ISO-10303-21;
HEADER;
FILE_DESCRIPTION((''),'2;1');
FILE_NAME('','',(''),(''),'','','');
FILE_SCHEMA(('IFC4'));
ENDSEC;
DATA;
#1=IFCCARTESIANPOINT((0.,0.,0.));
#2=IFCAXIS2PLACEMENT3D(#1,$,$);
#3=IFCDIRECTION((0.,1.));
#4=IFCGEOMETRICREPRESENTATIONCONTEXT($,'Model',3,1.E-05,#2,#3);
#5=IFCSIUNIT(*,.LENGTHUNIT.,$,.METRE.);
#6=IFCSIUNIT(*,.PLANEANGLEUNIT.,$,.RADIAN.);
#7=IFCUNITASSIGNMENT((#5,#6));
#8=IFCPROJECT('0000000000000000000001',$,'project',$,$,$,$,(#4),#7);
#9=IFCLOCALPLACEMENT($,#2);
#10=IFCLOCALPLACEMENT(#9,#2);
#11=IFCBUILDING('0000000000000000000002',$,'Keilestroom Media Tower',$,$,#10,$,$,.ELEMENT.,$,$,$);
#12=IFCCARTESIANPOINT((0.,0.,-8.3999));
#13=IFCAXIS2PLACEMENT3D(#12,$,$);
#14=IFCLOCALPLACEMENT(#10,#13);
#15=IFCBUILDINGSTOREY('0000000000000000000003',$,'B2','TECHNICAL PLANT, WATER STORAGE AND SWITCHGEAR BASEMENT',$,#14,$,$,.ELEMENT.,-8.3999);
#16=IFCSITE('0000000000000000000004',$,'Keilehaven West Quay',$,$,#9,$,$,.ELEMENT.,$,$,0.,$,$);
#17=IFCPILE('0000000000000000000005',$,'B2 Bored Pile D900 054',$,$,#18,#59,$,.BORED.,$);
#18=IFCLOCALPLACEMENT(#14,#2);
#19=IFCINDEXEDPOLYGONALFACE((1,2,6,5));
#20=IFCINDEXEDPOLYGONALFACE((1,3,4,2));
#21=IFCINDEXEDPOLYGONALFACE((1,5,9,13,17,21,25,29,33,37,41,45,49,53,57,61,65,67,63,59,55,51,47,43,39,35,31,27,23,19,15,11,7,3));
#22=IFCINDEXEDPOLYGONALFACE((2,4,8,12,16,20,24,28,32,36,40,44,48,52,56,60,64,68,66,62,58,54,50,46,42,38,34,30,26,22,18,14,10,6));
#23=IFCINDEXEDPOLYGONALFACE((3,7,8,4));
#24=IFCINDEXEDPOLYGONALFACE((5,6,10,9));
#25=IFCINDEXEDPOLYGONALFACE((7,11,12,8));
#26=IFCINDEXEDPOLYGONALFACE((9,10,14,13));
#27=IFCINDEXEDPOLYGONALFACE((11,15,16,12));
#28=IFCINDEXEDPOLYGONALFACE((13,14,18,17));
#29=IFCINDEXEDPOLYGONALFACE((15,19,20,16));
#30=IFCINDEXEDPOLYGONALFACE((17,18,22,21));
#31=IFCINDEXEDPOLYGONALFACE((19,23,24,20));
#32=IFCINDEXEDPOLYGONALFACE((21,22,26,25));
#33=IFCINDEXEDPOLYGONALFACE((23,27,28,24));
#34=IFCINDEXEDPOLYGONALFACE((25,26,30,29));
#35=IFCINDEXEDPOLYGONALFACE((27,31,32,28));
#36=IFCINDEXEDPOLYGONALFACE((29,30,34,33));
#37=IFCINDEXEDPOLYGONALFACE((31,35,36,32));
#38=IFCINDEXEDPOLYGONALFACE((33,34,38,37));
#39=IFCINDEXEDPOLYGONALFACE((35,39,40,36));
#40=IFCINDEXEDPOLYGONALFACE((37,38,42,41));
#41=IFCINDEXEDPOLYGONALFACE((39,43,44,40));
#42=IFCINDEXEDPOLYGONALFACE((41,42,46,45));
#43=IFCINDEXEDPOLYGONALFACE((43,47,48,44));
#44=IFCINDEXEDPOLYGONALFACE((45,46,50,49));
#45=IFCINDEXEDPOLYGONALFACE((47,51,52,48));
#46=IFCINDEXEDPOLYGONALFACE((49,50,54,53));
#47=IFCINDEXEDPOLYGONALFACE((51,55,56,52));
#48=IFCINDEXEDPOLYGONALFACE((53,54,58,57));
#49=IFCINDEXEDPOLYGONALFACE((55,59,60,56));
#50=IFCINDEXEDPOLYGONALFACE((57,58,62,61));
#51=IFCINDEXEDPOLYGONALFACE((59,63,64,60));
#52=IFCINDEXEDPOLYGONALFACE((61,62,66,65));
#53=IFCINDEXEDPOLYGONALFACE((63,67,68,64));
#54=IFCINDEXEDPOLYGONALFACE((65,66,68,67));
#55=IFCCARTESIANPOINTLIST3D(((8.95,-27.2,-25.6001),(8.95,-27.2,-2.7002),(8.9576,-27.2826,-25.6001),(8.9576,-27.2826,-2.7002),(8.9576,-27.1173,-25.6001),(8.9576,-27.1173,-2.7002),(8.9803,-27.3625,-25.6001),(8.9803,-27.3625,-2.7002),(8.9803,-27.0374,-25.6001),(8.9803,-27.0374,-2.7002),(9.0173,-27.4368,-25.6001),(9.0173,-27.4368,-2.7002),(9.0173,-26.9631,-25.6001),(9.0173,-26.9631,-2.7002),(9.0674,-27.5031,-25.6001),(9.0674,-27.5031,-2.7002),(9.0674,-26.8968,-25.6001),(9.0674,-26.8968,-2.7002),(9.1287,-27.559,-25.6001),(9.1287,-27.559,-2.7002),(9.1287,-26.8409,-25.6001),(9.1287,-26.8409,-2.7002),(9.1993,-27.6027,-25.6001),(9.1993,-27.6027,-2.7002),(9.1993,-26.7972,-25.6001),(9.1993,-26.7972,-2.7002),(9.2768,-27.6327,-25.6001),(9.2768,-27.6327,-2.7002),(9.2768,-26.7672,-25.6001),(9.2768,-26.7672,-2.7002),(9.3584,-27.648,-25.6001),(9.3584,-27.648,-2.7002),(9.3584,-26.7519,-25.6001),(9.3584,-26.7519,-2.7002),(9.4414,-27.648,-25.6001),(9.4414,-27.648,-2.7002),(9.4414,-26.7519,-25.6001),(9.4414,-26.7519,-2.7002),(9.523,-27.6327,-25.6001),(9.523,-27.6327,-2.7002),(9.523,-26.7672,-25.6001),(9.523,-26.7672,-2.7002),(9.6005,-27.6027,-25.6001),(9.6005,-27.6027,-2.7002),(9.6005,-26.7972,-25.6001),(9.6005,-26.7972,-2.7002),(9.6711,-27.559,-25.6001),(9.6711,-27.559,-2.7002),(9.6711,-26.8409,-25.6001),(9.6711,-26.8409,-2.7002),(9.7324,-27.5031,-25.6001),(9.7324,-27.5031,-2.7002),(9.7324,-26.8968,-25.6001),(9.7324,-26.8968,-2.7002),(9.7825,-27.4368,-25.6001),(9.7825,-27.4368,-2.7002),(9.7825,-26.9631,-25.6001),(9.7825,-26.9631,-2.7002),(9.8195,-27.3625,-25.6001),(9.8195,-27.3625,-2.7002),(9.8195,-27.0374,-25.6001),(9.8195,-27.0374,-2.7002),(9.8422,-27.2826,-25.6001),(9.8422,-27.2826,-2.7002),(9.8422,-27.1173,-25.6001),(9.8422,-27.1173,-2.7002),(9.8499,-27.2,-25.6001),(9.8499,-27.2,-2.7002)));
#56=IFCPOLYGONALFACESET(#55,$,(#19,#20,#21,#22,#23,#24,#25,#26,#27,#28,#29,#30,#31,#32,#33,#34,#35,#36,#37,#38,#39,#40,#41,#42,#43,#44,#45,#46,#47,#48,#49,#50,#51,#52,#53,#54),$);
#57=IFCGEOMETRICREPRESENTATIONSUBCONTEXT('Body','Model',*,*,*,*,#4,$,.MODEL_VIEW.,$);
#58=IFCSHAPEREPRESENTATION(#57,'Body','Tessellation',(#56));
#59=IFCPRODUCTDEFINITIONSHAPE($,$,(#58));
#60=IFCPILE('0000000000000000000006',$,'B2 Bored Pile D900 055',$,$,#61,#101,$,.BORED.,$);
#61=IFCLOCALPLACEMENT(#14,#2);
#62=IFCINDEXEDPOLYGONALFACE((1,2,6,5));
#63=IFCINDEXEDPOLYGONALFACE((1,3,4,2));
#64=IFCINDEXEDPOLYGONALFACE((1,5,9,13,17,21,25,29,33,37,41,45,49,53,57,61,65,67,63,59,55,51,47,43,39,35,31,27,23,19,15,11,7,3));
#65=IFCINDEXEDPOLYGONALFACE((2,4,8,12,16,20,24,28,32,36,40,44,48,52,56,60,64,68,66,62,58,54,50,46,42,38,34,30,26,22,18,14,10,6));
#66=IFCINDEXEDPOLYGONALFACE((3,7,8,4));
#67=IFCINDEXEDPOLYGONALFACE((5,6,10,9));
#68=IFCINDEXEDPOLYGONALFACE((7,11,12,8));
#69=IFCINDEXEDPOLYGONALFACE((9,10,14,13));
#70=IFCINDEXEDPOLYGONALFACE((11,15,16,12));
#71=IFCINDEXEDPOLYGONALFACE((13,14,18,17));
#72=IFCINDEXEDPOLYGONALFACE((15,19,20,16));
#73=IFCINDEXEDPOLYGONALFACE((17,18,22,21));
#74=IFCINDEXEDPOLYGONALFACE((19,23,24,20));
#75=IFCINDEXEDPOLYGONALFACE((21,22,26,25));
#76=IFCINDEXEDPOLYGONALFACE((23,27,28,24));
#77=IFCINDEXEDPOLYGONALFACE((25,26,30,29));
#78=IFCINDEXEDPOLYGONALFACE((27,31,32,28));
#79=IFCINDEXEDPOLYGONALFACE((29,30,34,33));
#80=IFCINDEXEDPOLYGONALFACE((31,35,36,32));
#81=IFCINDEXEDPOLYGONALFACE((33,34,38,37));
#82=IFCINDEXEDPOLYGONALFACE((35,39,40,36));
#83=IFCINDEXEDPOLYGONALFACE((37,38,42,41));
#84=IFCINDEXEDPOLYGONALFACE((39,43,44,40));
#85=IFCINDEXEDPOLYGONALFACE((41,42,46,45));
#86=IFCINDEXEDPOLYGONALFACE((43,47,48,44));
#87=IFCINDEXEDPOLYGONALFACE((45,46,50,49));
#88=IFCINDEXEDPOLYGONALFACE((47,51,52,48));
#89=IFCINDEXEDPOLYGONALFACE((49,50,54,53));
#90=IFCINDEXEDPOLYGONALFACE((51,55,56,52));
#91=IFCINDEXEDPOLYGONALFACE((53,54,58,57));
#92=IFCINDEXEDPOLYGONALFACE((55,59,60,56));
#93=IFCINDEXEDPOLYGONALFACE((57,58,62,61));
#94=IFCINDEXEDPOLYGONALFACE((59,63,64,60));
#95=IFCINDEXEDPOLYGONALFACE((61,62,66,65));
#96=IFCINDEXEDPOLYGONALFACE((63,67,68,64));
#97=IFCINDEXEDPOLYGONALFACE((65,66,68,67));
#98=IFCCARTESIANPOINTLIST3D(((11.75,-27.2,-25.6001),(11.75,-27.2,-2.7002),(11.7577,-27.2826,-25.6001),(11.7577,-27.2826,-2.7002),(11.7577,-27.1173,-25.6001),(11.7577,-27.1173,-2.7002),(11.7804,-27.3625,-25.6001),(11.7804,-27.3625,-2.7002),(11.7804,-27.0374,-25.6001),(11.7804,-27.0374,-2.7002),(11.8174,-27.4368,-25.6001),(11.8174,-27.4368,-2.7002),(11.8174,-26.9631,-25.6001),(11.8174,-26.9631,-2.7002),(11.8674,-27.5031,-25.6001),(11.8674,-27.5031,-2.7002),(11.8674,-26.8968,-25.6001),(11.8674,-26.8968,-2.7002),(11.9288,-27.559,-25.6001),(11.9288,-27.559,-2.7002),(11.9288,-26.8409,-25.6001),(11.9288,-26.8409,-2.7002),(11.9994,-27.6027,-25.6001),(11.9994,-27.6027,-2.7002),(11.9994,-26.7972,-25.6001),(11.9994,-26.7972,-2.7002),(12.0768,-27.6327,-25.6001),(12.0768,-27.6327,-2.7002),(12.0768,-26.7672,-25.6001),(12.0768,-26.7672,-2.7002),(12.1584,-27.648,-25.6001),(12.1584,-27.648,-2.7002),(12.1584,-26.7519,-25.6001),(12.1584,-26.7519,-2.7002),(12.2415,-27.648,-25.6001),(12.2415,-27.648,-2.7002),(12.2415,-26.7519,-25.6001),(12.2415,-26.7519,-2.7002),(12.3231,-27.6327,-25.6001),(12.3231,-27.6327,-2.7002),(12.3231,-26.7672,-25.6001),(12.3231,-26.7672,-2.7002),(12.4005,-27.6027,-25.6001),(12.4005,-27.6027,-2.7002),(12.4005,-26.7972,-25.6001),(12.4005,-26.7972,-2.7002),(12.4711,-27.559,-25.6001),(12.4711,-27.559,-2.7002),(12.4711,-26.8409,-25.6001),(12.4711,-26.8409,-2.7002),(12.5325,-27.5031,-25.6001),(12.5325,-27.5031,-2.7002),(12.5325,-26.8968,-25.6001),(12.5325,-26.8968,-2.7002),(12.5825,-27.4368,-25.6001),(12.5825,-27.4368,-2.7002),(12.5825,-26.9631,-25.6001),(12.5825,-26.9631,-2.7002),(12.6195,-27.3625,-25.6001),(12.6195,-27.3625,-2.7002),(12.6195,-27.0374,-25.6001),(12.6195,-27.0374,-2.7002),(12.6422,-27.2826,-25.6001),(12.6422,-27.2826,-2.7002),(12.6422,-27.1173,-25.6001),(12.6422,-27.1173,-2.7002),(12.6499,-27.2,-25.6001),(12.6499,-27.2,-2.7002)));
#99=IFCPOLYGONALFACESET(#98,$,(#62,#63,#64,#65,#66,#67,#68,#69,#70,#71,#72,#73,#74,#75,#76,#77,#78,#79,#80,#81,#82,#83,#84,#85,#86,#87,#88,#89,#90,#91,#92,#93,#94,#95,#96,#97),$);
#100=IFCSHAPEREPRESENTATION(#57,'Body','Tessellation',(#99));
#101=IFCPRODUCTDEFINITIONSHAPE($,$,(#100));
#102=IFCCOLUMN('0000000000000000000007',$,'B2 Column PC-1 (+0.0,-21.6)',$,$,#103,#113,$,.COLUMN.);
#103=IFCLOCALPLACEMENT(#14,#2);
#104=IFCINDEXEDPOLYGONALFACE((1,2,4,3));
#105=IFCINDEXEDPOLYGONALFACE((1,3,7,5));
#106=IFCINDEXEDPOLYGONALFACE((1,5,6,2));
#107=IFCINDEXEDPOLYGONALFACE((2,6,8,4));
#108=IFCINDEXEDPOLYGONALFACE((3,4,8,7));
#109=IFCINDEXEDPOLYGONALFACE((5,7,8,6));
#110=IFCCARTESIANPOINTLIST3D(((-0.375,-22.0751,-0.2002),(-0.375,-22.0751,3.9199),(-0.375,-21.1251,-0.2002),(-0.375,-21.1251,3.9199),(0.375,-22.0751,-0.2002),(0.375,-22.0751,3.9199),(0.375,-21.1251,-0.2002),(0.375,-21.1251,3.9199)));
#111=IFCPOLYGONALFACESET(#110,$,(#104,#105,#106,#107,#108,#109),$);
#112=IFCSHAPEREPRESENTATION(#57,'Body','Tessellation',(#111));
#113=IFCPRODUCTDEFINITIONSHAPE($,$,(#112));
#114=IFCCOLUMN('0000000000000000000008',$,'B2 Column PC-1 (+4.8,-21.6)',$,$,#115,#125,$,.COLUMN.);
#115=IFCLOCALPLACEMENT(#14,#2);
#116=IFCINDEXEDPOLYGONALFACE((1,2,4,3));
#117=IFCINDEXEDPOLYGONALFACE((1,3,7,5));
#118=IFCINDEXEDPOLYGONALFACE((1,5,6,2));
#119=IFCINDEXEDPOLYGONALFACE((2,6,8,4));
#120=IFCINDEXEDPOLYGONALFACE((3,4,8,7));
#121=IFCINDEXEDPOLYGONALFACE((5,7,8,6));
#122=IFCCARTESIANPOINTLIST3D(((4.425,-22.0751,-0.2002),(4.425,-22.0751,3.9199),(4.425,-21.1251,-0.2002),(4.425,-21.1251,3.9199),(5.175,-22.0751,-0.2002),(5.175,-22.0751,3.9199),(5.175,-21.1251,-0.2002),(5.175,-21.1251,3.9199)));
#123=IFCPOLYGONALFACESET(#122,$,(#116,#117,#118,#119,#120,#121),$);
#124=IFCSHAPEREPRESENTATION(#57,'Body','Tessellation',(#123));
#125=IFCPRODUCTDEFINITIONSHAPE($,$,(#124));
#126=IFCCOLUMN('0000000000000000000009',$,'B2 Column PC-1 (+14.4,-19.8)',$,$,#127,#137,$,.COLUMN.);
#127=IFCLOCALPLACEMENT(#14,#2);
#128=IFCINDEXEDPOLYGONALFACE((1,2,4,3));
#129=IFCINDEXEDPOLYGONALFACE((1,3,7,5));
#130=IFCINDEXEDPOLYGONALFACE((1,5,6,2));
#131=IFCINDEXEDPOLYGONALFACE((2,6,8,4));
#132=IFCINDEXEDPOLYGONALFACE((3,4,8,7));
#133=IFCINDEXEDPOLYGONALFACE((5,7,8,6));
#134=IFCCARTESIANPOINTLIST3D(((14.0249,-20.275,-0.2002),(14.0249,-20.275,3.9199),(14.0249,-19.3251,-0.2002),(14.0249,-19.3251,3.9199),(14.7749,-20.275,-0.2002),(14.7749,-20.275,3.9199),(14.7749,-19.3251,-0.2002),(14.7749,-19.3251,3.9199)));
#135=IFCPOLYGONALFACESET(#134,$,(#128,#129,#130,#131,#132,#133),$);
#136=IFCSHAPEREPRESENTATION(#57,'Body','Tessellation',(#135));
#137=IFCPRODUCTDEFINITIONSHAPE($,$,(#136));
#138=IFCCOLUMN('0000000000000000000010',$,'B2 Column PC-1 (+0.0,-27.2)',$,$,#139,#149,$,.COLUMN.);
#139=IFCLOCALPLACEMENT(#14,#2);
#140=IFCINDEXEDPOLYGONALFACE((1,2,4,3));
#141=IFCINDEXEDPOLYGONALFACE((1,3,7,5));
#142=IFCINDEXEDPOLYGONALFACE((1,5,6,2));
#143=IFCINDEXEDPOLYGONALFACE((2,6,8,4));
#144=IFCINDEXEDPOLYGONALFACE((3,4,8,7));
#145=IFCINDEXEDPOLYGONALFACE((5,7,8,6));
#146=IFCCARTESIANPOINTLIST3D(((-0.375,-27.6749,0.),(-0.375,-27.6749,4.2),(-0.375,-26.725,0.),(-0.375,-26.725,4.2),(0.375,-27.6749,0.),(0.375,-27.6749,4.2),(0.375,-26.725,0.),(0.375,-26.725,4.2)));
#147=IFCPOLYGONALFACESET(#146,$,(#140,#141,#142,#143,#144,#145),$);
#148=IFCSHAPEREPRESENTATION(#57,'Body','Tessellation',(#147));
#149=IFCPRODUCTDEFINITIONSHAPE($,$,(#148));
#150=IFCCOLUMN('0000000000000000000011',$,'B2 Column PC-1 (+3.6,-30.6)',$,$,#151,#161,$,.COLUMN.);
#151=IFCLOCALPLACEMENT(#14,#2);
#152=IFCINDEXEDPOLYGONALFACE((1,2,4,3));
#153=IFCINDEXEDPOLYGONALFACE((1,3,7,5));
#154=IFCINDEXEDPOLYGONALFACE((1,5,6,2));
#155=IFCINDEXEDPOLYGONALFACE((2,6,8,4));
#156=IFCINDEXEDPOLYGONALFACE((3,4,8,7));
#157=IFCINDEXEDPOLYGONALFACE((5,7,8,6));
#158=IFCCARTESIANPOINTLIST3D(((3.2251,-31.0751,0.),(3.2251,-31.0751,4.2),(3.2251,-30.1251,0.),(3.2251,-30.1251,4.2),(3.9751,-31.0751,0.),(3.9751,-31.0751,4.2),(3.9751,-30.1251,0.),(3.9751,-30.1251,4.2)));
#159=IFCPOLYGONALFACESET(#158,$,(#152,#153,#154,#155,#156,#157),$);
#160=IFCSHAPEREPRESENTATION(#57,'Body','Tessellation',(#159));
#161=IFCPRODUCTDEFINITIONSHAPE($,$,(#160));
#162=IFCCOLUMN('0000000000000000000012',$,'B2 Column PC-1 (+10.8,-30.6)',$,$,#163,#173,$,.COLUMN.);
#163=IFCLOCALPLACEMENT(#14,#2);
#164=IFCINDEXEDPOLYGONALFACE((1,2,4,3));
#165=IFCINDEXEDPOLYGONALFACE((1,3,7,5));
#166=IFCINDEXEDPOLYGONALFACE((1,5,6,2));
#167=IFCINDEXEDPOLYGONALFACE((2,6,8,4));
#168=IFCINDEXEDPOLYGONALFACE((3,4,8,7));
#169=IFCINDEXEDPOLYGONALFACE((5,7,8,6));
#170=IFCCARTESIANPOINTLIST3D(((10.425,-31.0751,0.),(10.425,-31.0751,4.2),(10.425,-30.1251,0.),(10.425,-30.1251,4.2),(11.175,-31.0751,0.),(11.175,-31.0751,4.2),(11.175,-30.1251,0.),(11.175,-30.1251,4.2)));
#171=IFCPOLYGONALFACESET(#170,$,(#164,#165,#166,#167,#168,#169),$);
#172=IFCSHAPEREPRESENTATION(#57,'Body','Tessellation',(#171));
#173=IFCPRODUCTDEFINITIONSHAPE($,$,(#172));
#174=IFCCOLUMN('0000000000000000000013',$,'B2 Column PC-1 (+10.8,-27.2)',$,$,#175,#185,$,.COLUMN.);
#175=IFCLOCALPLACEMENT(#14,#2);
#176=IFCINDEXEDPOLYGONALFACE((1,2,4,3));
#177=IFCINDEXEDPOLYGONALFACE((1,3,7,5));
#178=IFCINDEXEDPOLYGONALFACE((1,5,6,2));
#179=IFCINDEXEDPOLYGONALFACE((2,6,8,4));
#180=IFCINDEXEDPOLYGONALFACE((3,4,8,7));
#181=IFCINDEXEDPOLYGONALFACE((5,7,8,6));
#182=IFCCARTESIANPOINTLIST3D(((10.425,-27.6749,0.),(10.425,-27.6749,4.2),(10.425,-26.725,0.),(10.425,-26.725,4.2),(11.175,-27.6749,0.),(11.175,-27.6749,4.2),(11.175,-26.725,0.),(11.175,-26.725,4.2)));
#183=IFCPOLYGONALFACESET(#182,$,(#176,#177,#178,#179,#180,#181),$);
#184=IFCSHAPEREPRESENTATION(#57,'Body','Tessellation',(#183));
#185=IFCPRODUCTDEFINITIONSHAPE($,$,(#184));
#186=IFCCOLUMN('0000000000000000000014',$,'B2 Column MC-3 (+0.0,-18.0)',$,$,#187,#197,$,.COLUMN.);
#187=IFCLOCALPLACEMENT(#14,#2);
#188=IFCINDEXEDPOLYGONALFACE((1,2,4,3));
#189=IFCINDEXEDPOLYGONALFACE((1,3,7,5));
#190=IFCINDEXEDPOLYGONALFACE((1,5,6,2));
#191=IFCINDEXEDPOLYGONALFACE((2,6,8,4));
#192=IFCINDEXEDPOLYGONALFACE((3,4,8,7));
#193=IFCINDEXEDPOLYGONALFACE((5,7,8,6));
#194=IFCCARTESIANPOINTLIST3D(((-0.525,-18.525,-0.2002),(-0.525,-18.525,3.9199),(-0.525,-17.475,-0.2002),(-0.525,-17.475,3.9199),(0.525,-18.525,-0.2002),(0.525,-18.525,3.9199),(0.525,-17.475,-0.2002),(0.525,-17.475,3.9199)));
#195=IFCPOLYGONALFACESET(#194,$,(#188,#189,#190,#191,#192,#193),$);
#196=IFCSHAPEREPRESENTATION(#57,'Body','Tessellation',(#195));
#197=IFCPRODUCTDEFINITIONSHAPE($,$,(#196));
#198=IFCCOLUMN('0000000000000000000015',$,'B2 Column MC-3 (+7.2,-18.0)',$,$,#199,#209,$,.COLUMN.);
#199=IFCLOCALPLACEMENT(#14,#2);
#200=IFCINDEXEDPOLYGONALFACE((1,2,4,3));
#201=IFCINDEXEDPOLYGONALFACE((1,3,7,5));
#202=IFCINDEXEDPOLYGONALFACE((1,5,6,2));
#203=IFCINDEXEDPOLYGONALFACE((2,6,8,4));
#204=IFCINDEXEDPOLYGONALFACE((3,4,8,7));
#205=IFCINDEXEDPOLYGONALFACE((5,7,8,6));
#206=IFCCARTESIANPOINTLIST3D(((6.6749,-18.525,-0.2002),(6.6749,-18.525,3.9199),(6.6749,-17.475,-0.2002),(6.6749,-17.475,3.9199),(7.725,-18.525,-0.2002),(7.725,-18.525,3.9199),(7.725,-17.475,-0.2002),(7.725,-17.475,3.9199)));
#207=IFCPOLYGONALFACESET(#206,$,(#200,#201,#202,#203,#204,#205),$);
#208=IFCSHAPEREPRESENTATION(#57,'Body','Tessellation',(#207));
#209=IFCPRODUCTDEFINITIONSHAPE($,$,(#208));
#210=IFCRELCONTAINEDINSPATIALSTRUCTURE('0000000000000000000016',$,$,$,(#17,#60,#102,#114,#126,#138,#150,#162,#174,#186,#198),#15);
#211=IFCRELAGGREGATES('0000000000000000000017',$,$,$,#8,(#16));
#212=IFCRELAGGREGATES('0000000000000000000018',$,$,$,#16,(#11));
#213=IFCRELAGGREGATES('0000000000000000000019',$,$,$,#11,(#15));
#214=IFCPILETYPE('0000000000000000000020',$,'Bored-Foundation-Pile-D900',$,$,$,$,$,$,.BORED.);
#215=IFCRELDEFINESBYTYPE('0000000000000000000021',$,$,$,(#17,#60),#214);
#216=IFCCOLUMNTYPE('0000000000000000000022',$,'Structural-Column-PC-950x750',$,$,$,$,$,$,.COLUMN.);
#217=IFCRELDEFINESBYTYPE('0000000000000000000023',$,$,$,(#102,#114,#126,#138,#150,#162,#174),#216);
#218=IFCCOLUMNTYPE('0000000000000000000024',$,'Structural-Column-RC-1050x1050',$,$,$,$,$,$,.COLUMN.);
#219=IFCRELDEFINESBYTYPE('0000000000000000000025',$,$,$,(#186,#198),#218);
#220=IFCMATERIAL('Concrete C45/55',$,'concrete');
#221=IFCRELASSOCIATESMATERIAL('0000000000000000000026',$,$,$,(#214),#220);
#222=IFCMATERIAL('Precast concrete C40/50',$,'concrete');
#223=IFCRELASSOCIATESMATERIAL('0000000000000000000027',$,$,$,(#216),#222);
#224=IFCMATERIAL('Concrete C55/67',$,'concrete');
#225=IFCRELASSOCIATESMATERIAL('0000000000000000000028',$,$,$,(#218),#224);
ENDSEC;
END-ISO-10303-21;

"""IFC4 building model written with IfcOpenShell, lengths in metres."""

from ifc_helpers import new_model, si_unit, direction, frame, origin, origin_2d, place, context, subcontext, project, spatial, rectangle, circle, extrude, source, transform, mapped, material, material_profile, profile_set, type_object, element, save


model = new_model("IFC4")

# Units and contexts
model_context = context("Model", 3, precision=1e-05, world=origin(), true_north=direction((0.0, 1.0)))
body_context = subcontext(model_context, "Body", "Model", "MODEL_VIEW")
ifc_project = project(units=[si_unit("LENGTHUNIT", "METRE"), si_unit("PLANEANGLEUNIT", "RADIAN")], contexts=[model_context])

# Site, building, storey
site_placement = place(None, origin())
site = spatial("IfcSite", under=ifc_project, at=site_placement, Name="Keilehaven West Quay", CompositionType="ELEMENT", RefElevation=0.0)
building_placement = place(site_placement, origin())
building = spatial("IfcBuilding", under=site, at=building_placement, Name="Keilestroom Media Tower", CompositionType="ELEMENT")
storey_placement = place(building_placement, frame((0.0, 0.0, -8.3999)))
storey = spatial("IfcBuildingStorey", under=building, at=storey_placement, Name="B2", Description="TECHNICAL PLANT, WATER STORAGE AND SWITCHGEAR BASEMENT", CompositionType="ELEMENT", Elevation=-8.3999)

# Shared definitions
ifc_material_1 = material(Name="Concrete C55/67", Category="concrete")

# Piles
ifc_material_2 = material(Name="Concrete C45/55", Category="concrete")
ifc_material_profile_1 = material_profile(ifc_material_2, circle(Radius=0.45, at=origin_2d()), Name="BORED PILE D900")
ifc_profile_set_1 = profile_set([ifc_material_profile_1], Name="Concrete C45/55")
pile_type_1 = type_object("IfcPileType", Name="Bored-Foundation-Pile-D900", PredefinedType="BORED", material=ifc_profile_set_1)
shared_shape_1 = source(origin(), body_context, "Body", "SweptSolid", [
    extrude(circle(Radius=0.45, at=origin_2d()), origin(), (0.0, 0.0, 1.0), 22.8999),
])
for number, where, z_axis, x_axis, name in (
    (1, (9.3999, -27.2, -2.7002), (0.0, 0.0, -1.0), (1.0, 0.0, 0.0), "B2 Bored Pile D900 054"),
    (2, (12.2, -27.2, -2.7002), (0.0, 0.0, -1.0), (1.0, 0.0, 0.0), "B2 Bored Pile D900 055"),
):
    element("IfcPile", number, at=place(storey_placement, frame(where, z_axis=z_axis, x_axis=x_axis)), inside=storey, type_object=pile_type_1, Name=name, PredefinedType="BORED", context=body_context, shape_type="MappedRepresentation", body=[
        mapped(shared_shape_1, transform((0.0, 0.0, 0.0), x_axis=(1.0, 0.0, 0.0), y_axis=(0.0, 1.0, 0.0), z_axis=(0.0, 0.0, 1.0), scale=1.0)),
    ])

# Columns
ifc_material_3 = material(Name="Precast concrete C40/50", Category="concrete")
ifc_material_profile_2 = material_profile(ifc_material_3, rectangle(XDim=0.75, YDim=0.95, at=origin_2d()), Name="PC 950x750")
ifc_profile_set_2 = profile_set([ifc_material_profile_2], Name="Precast concrete C40/50")
column_type_1 = type_object("IfcColumnType", Name="Structural-Column-PC-950x750", PredefinedType="COLUMN", material=ifc_profile_set_2)
shared_shape_2 = source(origin(), body_context, "Body", "SweptSolid", [
    extrude(rectangle(XDim=0.75, YDim=0.95, at=origin_2d()), origin(), (0.0, 0.0, 1.0), 4.1201),
])
for number, where, z_axis, x_axis, name in (
    (3, (0.0, -21.6001, -0.2002), (0.0, 0.0, 1.0), (1.0, 0.0, 0.0), "B2 Column PC-1 (+0.0,-21.6)"),
    (4, (4.8, -21.6001, -0.2002), (0.0, 0.0, 1.0), (1.0, 0.0, 0.0), "B2 Column PC-1 (+4.8,-21.6)"),
    (5, (14.3999, -19.8, -0.2002), (0.0, 0.0, 1.0), (1.0, 0.0, 0.0), "B2 Column PC-1 (+14.4,-19.8)"),
):
    element("IfcColumn", number, at=place(storey_placement, frame(where, z_axis=z_axis, x_axis=x_axis)), inside=storey, type_object=column_type_1, Name=name, PredefinedType="COLUMN", context=body_context, shape_type="MappedRepresentation", body=[
        mapped(shared_shape_2, transform((0.0, 0.0, 0.0), x_axis=(1.0, 0.0, 0.0), y_axis=(0.0, 1.0, 0.0), z_axis=(0.0, 0.0, 1.0), scale=1.0)),
    ])
shared_shape_3 = source(origin(), body_context, "Body", "SweptSolid", [
    extrude(rectangle(XDim=0.75, YDim=0.95, at=origin_2d()), origin(), (0.0, 0.0, 1.0), 4.2),
])
for number, where, z_axis, x_axis, name in (
    (6, (0.0, -27.2, 0.0), (0.0, 0.0, 1.0), (1.0, 0.0, 0.0), "B2 Column PC-1 (+0.0,-27.2)"),
    (7, (3.6001, -30.6001, 0.0), (0.0, 0.0, 1.0), (1.0, 0.0, 0.0), "B2 Column PC-1 (+3.6,-30.6)"),
    (8, (10.8, -30.6001, 0.0), (0.0, 0.0, 1.0), (1.0, 0.0, 0.0), "B2 Column PC-1 (+10.8,-30.6)"),
    (9, (10.8, -27.2, 0.0), (0.0, 0.0, 1.0), (1.0, 0.0, 0.0), "B2 Column PC-1 (+10.8,-27.2)"),
):
    element("IfcColumn", number, at=place(storey_placement, frame(where, z_axis=z_axis, x_axis=x_axis)), inside=storey, type_object=column_type_1, Name=name, PredefinedType="COLUMN", context=body_context, shape_type="MappedRepresentation", body=[
        mapped(shared_shape_3, transform((0.0, 0.0, 0.0), x_axis=(1.0, 0.0, 0.0), y_axis=(0.0, 1.0, 0.0), z_axis=(0.0, 0.0, 1.0), scale=1.0)),
    ])
ifc_material_profile_3 = material_profile(ifc_material_1, rectangle(XDim=1.05, YDim=1.05, at=origin_2d()), Name="RC 1050x1050")
ifc_profile_set_3 = profile_set([ifc_material_profile_3], Name="Concrete C55/67")
column_type_2 = type_object("IfcColumnType", Name="Structural-Column-RC-1050x1050", PredefinedType="COLUMN", material=ifc_profile_set_3)
shared_shape_4 = source(origin(), body_context, "Body", "SweptSolid", [
    extrude(rectangle(XDim=1.05, YDim=1.05, at=origin_2d()), origin(), (0.0, 0.0, 1.0), 4.1201),
])
for number, where, z_axis, x_axis, name in (
    (10, (0.0, -18.0, -0.2002), (0.0, 0.0, 1.0), (1.0, 0.0, 0.0), "B2 Column MC-3 (+0.0,-18.0)"),
    (11, (7.2, -18.0, -0.2002), (0.0, 0.0, 1.0), (1.0, 0.0, 0.0), "B2 Column MC-3 (+7.2,-18.0)"),
):
    element("IfcColumn", number, at=place(storey_placement, frame(where, z_axis=z_axis, x_axis=x_axis)), inside=storey, type_object=column_type_2, Name=name, PredefinedType="COLUMN", context=body_context, shape_type="MappedRepresentation", body=[
        mapped(shared_shape_4, transform((0.0, 0.0, 0.0), x_axis=(1.0, 0.0, 0.0), y_axis=(0.0, 1.0, 0.0), z_axis=(0.0, 0.0, 1.0), scale=1.0)),
    ])

save(model, "model.ifc")
